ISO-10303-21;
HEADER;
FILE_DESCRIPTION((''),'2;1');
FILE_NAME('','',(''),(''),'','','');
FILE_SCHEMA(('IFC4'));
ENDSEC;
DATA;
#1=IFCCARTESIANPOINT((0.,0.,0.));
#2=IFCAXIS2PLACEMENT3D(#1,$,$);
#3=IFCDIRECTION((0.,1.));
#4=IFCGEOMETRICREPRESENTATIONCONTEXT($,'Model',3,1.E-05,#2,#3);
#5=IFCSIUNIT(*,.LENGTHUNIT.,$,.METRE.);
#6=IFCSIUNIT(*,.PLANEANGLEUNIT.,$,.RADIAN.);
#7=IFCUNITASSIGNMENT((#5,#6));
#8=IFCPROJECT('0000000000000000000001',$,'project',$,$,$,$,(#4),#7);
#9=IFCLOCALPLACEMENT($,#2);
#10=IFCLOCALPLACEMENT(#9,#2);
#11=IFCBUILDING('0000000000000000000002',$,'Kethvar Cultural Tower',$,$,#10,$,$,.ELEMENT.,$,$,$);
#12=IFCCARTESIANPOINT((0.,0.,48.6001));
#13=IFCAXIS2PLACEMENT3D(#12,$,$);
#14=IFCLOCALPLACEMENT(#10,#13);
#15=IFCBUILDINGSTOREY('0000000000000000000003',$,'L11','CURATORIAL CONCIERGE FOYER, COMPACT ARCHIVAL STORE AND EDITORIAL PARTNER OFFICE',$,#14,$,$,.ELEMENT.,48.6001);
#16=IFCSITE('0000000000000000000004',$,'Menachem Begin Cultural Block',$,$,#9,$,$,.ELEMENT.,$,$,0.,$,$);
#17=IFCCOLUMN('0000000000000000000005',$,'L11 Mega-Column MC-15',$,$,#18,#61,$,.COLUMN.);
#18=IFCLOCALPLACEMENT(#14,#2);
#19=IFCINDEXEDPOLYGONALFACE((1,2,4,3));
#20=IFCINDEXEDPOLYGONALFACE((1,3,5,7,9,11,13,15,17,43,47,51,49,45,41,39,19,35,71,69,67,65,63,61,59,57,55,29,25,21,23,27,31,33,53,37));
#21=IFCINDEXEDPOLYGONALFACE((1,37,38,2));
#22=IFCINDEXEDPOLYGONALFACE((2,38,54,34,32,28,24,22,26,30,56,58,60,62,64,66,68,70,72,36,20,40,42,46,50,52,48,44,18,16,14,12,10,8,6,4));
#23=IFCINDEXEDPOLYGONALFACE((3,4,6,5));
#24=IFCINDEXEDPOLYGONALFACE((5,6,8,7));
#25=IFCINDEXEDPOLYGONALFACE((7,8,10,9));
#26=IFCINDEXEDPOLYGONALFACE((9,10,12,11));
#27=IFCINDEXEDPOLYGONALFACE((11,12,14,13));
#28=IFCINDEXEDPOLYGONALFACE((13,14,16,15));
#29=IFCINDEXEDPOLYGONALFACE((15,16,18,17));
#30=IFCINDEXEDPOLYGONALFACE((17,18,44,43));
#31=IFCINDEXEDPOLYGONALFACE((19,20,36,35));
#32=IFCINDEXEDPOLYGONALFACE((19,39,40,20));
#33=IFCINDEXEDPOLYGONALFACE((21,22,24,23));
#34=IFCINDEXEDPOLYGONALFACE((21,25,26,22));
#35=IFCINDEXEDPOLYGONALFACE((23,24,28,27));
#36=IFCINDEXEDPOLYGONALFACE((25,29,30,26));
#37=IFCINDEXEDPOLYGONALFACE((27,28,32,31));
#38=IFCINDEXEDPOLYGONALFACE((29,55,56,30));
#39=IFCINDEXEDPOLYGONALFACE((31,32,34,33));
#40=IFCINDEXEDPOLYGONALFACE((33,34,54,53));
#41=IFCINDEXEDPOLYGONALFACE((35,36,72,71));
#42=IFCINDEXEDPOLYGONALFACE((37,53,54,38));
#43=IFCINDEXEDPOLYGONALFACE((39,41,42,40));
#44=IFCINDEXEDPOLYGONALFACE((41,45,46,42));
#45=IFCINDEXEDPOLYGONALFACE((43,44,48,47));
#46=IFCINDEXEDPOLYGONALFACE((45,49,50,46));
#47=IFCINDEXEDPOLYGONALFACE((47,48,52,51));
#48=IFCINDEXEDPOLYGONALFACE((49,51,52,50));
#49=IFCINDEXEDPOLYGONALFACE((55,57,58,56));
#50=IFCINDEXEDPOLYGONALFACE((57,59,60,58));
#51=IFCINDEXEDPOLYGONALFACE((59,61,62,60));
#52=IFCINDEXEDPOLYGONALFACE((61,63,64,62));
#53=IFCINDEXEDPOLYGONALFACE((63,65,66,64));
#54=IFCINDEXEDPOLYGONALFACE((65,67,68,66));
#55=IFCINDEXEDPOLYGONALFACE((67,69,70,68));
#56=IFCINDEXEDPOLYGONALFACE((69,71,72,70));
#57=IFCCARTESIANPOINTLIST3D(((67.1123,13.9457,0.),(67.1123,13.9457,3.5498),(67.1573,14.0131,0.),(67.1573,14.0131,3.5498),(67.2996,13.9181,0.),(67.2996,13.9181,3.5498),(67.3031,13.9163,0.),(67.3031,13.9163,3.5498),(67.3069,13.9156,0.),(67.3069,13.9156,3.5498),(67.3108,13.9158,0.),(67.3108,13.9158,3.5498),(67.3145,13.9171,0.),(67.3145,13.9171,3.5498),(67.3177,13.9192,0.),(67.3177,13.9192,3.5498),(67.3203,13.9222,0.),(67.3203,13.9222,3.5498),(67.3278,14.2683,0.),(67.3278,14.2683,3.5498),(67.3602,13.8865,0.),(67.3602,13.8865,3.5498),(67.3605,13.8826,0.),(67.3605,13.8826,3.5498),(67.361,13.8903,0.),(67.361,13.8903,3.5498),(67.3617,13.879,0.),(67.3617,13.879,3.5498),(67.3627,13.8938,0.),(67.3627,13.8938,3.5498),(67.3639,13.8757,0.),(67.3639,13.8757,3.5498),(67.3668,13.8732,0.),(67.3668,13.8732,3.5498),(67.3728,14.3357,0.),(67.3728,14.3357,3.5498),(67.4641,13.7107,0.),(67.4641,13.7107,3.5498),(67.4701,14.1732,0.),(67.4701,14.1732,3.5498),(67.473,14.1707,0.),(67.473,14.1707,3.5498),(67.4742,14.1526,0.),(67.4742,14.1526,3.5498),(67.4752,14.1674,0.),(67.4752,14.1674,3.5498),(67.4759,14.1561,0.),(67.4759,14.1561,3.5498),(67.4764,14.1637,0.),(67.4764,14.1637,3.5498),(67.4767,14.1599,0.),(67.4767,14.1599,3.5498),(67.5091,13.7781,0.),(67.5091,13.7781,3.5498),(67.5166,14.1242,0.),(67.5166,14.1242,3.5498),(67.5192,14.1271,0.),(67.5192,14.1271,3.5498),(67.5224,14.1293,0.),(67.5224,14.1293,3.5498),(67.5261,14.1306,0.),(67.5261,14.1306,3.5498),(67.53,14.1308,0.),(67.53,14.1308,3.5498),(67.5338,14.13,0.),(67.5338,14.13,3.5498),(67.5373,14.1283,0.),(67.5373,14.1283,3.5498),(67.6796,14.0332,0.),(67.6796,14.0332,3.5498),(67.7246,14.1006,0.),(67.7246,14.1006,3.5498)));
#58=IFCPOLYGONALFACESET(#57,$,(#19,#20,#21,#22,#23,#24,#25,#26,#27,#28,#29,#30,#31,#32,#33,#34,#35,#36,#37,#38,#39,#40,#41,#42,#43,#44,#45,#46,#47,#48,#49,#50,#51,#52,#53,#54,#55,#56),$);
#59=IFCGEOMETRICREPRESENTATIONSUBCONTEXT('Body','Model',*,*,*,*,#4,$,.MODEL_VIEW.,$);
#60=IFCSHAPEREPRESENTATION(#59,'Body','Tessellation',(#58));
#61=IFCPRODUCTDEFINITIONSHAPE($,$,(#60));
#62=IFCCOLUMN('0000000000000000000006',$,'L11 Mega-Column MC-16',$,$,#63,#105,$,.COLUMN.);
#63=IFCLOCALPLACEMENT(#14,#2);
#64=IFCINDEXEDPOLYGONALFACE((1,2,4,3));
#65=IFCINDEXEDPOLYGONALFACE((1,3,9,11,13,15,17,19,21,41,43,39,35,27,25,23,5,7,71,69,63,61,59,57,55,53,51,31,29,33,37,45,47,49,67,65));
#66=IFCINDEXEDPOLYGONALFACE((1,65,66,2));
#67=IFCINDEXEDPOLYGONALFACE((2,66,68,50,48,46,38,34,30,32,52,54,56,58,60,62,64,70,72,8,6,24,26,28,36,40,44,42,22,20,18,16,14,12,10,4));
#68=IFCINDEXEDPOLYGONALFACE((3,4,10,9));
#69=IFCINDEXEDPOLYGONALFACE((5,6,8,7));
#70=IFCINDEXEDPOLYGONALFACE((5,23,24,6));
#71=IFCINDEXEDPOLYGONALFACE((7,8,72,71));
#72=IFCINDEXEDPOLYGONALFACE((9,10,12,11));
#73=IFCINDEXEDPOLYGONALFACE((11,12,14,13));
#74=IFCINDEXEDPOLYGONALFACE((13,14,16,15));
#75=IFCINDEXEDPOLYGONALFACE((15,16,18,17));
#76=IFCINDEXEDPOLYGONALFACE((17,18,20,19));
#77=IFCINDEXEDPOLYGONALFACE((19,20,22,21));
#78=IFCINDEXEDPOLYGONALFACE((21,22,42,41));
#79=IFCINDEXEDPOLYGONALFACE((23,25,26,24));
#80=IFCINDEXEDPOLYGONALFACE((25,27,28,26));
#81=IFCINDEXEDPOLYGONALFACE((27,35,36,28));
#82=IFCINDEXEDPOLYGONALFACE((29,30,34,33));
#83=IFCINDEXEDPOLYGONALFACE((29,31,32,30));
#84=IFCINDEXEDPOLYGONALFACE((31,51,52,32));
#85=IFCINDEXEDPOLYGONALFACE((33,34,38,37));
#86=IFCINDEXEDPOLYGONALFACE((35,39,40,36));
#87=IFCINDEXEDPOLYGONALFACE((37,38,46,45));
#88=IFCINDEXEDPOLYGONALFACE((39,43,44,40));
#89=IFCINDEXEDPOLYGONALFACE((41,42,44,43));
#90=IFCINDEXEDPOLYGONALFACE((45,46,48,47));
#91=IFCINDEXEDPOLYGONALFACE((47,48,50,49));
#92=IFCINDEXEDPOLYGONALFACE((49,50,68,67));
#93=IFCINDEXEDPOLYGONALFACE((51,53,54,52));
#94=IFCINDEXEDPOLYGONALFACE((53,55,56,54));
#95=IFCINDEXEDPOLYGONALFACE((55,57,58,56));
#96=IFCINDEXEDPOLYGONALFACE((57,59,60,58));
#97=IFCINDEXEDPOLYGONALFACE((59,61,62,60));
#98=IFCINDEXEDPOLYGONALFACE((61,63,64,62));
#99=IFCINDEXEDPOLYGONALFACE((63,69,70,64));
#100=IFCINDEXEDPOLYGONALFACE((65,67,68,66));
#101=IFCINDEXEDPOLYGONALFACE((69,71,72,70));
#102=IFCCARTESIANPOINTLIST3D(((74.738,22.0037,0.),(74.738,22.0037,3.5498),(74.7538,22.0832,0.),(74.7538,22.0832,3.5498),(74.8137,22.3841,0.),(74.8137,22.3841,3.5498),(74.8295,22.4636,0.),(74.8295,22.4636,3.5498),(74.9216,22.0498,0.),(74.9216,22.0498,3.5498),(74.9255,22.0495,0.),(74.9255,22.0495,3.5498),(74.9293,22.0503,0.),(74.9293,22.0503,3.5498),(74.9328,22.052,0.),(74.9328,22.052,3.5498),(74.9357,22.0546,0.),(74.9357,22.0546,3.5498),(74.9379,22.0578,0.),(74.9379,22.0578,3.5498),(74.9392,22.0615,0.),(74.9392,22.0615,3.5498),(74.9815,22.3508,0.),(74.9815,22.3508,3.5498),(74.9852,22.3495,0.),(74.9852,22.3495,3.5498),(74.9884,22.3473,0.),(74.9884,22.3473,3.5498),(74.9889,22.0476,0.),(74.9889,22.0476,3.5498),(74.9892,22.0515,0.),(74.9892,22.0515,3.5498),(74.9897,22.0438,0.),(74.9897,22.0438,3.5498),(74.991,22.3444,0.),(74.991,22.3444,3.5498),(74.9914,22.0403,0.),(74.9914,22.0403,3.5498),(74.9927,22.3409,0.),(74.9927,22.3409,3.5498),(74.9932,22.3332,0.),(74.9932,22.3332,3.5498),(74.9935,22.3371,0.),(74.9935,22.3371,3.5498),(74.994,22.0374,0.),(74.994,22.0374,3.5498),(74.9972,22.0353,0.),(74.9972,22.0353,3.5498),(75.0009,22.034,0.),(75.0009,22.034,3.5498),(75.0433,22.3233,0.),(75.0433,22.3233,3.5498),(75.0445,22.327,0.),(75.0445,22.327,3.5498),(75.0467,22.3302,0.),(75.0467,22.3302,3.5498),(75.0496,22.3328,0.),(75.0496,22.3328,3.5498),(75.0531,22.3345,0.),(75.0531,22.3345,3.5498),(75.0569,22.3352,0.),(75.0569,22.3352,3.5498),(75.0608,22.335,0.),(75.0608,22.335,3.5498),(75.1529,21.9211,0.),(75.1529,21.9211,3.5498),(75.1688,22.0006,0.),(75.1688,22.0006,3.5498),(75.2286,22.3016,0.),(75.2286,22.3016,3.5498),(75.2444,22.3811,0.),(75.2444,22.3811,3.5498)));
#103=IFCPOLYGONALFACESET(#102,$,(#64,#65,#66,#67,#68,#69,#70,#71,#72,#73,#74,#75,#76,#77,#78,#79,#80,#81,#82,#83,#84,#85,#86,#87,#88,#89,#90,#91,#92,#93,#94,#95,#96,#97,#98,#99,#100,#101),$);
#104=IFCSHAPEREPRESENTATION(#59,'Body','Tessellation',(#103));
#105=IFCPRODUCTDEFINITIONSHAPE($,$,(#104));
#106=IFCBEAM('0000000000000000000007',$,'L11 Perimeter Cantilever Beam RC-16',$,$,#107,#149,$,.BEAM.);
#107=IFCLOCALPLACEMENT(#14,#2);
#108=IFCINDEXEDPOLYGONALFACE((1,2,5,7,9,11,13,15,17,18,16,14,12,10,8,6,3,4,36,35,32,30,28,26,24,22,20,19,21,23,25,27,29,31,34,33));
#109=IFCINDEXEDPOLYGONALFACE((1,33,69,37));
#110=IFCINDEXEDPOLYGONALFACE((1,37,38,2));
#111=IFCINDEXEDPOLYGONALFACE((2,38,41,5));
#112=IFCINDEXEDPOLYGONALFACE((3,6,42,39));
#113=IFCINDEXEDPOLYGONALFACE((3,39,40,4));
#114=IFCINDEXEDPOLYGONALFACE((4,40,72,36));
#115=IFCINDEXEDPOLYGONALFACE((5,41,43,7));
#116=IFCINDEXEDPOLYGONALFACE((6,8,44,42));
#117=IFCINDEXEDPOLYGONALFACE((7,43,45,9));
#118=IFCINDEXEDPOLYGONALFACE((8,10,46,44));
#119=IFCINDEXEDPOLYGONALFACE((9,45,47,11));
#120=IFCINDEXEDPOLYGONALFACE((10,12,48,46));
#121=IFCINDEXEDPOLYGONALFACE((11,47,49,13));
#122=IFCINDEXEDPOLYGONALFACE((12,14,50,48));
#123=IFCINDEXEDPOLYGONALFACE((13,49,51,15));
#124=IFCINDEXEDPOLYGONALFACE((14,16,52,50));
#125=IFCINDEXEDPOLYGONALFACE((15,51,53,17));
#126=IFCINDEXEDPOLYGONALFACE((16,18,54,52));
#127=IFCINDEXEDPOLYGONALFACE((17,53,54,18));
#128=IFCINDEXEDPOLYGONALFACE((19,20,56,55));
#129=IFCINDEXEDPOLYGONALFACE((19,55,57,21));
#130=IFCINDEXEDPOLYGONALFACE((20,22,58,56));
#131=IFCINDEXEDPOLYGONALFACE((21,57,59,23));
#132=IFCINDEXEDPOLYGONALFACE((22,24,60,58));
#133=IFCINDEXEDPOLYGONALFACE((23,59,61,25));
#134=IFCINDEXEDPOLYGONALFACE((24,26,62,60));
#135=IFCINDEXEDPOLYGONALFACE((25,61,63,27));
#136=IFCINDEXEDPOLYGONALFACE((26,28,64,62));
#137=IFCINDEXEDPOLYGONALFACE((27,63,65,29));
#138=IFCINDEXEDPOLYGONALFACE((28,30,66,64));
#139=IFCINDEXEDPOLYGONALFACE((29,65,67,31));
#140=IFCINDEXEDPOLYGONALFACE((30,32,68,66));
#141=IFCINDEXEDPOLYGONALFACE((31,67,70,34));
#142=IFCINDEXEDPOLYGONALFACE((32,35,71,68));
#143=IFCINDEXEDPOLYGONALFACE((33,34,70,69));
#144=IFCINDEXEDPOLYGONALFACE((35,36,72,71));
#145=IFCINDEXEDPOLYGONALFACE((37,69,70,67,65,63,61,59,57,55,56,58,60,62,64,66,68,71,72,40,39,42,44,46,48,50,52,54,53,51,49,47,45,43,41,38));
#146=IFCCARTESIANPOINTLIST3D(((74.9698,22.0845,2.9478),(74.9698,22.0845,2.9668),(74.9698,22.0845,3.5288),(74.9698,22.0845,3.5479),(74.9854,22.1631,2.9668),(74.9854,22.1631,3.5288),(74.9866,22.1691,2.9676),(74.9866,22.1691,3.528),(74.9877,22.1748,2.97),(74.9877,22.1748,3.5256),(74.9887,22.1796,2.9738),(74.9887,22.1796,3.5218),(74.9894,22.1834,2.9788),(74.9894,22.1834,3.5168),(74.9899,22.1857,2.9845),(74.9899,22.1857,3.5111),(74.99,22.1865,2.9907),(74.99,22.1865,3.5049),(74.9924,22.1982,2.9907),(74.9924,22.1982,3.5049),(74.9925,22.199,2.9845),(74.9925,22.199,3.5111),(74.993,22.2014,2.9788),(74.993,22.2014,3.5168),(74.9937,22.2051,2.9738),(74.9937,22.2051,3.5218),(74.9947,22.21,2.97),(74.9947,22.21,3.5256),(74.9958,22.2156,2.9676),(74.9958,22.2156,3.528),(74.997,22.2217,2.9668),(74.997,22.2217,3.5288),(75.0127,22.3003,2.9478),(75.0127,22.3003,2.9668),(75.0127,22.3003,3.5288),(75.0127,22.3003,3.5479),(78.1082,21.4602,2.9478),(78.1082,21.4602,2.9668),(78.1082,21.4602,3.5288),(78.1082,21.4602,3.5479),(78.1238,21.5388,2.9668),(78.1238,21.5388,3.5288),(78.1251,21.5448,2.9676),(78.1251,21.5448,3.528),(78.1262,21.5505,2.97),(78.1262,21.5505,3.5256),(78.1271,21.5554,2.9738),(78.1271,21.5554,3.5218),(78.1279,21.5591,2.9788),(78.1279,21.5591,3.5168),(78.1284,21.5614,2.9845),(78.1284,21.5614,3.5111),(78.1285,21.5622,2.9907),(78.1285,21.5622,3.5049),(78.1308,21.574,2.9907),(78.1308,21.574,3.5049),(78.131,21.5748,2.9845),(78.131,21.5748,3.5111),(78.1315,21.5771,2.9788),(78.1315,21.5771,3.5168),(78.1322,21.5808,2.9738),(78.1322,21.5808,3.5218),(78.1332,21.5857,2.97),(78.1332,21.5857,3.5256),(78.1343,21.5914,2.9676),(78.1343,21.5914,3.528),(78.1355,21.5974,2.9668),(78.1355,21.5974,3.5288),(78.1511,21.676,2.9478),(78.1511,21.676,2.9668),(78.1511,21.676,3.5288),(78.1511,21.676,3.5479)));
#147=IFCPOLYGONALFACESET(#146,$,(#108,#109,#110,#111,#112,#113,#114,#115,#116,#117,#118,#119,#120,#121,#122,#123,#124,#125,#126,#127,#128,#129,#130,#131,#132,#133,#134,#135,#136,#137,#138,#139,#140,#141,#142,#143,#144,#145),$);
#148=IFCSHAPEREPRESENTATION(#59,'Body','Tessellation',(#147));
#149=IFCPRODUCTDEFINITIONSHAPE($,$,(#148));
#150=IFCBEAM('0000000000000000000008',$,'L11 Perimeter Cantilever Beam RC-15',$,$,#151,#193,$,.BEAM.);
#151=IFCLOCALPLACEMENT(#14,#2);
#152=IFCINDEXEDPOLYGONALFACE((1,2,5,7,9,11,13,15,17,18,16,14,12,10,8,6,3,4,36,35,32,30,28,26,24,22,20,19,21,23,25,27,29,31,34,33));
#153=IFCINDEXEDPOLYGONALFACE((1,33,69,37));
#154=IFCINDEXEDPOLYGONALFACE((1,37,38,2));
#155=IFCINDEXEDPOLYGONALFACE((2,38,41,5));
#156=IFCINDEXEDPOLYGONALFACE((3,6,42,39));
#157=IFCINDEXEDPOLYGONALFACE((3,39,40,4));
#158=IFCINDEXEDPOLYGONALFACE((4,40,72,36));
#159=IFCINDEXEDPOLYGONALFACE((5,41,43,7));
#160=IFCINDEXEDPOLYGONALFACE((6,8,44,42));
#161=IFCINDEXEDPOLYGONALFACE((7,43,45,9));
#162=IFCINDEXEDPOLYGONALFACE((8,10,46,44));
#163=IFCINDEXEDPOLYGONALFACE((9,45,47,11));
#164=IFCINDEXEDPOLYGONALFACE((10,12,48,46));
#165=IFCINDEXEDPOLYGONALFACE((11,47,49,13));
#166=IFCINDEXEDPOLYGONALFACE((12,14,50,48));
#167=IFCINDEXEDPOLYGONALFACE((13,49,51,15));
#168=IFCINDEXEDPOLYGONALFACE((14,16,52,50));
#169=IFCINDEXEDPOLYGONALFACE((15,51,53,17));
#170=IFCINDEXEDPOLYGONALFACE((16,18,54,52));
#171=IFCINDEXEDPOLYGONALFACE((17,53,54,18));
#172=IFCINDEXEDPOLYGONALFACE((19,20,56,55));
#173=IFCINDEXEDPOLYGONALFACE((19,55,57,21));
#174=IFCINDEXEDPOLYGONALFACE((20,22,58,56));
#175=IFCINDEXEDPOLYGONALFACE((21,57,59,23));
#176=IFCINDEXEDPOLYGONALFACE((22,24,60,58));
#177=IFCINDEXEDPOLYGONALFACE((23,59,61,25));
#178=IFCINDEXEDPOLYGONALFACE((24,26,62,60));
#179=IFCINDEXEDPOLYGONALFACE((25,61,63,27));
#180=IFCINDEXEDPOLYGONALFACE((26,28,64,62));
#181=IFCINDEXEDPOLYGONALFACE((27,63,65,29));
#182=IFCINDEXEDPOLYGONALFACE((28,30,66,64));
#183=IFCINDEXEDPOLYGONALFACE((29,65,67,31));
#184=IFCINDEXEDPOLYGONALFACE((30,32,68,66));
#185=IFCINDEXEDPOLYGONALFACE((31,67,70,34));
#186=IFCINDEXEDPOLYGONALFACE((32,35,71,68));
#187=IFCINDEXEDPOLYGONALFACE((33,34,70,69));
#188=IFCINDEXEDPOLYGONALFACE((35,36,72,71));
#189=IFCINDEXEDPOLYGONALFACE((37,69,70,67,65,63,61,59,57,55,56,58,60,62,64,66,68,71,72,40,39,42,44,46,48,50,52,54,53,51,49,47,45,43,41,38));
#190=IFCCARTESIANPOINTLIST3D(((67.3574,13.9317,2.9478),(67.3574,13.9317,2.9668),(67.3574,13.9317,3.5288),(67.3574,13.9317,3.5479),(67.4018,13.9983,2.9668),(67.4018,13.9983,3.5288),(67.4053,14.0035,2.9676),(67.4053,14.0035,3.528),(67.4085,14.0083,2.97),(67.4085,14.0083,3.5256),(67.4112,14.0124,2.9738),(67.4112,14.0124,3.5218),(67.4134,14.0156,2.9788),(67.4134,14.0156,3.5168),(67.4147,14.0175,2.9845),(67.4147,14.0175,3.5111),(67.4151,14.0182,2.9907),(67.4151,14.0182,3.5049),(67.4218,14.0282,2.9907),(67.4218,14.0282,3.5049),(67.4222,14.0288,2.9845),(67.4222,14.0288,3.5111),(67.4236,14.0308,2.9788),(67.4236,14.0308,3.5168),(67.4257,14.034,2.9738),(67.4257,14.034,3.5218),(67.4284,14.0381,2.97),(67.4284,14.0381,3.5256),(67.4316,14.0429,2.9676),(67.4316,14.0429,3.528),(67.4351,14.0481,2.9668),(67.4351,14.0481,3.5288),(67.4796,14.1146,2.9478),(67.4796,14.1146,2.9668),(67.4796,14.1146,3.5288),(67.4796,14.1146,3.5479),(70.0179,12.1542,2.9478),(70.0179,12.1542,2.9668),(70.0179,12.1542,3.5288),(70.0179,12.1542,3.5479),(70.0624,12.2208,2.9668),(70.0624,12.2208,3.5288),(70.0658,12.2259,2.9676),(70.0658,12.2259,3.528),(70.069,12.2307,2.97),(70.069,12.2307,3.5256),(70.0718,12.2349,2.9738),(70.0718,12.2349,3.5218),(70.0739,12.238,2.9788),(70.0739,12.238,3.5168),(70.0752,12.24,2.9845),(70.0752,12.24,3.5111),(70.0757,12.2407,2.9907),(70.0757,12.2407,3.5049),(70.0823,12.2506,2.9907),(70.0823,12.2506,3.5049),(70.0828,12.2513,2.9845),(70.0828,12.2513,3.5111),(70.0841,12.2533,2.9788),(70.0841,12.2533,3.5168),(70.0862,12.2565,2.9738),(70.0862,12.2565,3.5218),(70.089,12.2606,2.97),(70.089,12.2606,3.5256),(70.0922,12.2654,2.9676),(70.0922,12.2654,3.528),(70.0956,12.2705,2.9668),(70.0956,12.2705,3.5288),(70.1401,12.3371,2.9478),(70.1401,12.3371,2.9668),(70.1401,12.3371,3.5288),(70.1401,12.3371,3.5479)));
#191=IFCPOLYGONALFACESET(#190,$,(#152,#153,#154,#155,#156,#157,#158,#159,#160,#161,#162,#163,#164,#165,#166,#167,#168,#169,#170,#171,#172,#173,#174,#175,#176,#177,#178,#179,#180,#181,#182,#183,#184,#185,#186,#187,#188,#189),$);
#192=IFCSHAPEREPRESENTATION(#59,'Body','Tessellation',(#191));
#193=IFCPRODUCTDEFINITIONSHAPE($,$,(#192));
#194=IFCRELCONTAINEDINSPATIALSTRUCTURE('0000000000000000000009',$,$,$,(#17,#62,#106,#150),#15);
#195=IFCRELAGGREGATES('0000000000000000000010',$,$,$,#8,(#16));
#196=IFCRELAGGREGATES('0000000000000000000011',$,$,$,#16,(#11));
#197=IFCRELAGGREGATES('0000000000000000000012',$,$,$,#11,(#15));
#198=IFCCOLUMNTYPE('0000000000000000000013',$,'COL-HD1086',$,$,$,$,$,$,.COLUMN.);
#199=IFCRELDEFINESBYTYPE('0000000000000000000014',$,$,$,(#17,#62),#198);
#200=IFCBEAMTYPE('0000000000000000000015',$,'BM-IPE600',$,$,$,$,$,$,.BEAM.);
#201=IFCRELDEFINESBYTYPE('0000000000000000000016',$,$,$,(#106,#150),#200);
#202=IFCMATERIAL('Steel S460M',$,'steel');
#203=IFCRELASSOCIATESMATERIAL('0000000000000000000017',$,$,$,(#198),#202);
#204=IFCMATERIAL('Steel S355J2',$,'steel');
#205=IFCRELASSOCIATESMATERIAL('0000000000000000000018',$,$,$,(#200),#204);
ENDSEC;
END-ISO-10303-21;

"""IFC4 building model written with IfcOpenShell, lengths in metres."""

from ifc_helpers import new_model, si_unit, direction, frame, origin, origin_2d, place, context, subcontext, project, spatial, i_section, extrude, source, transform, mapped, material, material_profile, profile_set, type_object, element, save


model = new_model("IFC4")

# Units and contexts
model_context = context("Model", 3, precision=1e-05, world=origin(), true_north=direction((0.0, 1.0)))
body_context = subcontext(model_context, "Body", "Model", "MODEL_VIEW")
ifc_project = project(units=[si_unit("LENGTHUNIT", "METRE"), si_unit("PLANEANGLEUNIT", "RADIAN")], contexts=[model_context])

# Site, building, storey
site_placement = place(None, origin())
site = spatial("IfcSite", under=ifc_project, at=site_placement, Name="Menachem Begin Cultural Block", CompositionType="ELEMENT", RefElevation=0.0)
building_placement = place(site_placement, origin())
building = spatial("IfcBuilding", under=site, at=building_placement, Name="Kethvar Cultural Tower", CompositionType="ELEMENT")
storey_placement = place(building_placement, frame((0.0, 0.0, 48.6001)))
storey = spatial("IfcBuildingStorey", under=building, at=storey_placement, Name="L11", Description="CURATORIAL CONCIERGE FOYER, COMPACT ARCHIVAL STORE AND EDITORIAL PARTNER OFFICE", CompositionType="ELEMENT", Elevation=48.6001)

# Columns
ifc_material_1 = material(Name="Steel S460M", Category="steel")
ifc_material_profile_1 = material_profile(ifc_material_1, i_section(OverallWidth=0.4231, OverallDepth=0.469, WebThickness=0.051, FlangeThickness=0.0811, FilletRadius=0.0149, at=origin_2d()), Name="Steel S460M — HD400x1086")
ifc_profile_set_1 = profile_set([ifc_material_profile_1], Name="Steel S460M — HD400x1086")
column_type = type_object("IfcColumnType", Name="COL-HD1086", PredefinedType="COLUMN", material=ifc_profile_set_1)
shared_shape_1 = source(origin(), body_context, "Body", "SweptSolid", [
    extrude(i_section(OverallWidth=0.4231, OverallDepth=0.469, WebThickness=0.051, FlangeThickness=0.0811, FilletRadius=0.0149, at=origin_2d()), origin(), (0.0, 0.0, 1.0), 3.5498),
])
for number, where, z_axis, x_axis, name in (
    (1, (67.4185, 14.0232, 0.0), (0.0, 0.0, 1.0), (0.83147, -0.55557, 0.0), "L11 Mega-Column MC-15"),
    (2, (74.9912, 22.1924, 0.0), (0.0, 0.0, 1.0), (0.980785, -0.19509, 0.0), "L11 Mega-Column MC-16"),
):
    element("IfcColumn", number, at=place(storey_placement, frame(where, z_axis=z_axis, x_axis=x_axis)), inside=storey, type_object=column_type, Name=name, PredefinedType="COLUMN", context=body_context, shape_type="MappedRepresentation", body=[
        mapped(shared_shape_1, transform((0.0, 0.0, 0.0), scale=1.0)),
    ])

# Beams
ifc_material_2 = material(Name="Steel S355J2", Category="steel")
ifc_material_profile_2 = material_profile(ifc_material_2, i_section(OverallWidth=0.22, OverallDepth=0.6001, WebThickness=0.012, FlangeThickness=0.019, FilletRadius=0.0239, at=origin_2d()), Name="Steel S355J2 — IPE600")
ifc_profile_set_2 = profile_set([ifc_material_profile_2], Name="Steel S355J2 — IPE600")
beam_type_1 = type_object("IfcBeamType", Name="BM-IPE600", PredefinedType="BEAM", material=ifc_profile_set_2)
shared_shape_2 = source(origin(), body_context, "Body", "SweptSolid", [
    extrude(i_section(OverallWidth=0.22, OverallDepth=0.6001, WebThickness=0.012, FlangeThickness=0.019, FilletRadius=0.0239, at=origin_2d()), origin(), (0.0, 0.0, 1.0), 3.2),
])
beam_1_placement = place(storey_placement, frame((74.9912, 22.1924, 3.2478), z_axis=(0.980786, -0.195089, 0.0), x_axis=(0.195089, 0.980786, 0.0)))
element("IfcBeam", 3, at=beam_1_placement, inside=storey, type_object=beam_type_1, Name="L11 Perimeter Cantilever Beam RC-16", PredefinedType="BEAM", context=body_context, shape_type="MappedRepresentation", body=[
    mapped(shared_shape_2, transform((0.0, 0.0, 0.0), scale=1.0)),
])
shared_shape_3 = source(origin(), body_context, "Body", "SweptSolid", [
    extrude(i_section(OverallWidth=0.22, OverallDepth=0.6001, WebThickness=0.012, FlangeThickness=0.019, FilletRadius=0.0239, at=origin_2d()), origin(), (0.0, 0.0, 1.0), 3.1997),
])
beam_2_placement = place(storey_placement, frame((67.4185, 14.0232, 3.2478), z_axis=(0.831498, -0.555527, 0.0), x_axis=(0.555527, 0.831498, 0.0)))
element("IfcBeam", 4, at=beam_2_placement, inside=storey, type_object=beam_type_1, Name="L11 Perimeter Cantilever Beam RC-15", PredefinedType="BEAM", context=body_context, shape_type="MappedRepresentation", body=[
    mapped(shared_shape_3, transform((0.0, 0.0, 0.0), scale=1.0)),
])

save(model, "model.ifc")
